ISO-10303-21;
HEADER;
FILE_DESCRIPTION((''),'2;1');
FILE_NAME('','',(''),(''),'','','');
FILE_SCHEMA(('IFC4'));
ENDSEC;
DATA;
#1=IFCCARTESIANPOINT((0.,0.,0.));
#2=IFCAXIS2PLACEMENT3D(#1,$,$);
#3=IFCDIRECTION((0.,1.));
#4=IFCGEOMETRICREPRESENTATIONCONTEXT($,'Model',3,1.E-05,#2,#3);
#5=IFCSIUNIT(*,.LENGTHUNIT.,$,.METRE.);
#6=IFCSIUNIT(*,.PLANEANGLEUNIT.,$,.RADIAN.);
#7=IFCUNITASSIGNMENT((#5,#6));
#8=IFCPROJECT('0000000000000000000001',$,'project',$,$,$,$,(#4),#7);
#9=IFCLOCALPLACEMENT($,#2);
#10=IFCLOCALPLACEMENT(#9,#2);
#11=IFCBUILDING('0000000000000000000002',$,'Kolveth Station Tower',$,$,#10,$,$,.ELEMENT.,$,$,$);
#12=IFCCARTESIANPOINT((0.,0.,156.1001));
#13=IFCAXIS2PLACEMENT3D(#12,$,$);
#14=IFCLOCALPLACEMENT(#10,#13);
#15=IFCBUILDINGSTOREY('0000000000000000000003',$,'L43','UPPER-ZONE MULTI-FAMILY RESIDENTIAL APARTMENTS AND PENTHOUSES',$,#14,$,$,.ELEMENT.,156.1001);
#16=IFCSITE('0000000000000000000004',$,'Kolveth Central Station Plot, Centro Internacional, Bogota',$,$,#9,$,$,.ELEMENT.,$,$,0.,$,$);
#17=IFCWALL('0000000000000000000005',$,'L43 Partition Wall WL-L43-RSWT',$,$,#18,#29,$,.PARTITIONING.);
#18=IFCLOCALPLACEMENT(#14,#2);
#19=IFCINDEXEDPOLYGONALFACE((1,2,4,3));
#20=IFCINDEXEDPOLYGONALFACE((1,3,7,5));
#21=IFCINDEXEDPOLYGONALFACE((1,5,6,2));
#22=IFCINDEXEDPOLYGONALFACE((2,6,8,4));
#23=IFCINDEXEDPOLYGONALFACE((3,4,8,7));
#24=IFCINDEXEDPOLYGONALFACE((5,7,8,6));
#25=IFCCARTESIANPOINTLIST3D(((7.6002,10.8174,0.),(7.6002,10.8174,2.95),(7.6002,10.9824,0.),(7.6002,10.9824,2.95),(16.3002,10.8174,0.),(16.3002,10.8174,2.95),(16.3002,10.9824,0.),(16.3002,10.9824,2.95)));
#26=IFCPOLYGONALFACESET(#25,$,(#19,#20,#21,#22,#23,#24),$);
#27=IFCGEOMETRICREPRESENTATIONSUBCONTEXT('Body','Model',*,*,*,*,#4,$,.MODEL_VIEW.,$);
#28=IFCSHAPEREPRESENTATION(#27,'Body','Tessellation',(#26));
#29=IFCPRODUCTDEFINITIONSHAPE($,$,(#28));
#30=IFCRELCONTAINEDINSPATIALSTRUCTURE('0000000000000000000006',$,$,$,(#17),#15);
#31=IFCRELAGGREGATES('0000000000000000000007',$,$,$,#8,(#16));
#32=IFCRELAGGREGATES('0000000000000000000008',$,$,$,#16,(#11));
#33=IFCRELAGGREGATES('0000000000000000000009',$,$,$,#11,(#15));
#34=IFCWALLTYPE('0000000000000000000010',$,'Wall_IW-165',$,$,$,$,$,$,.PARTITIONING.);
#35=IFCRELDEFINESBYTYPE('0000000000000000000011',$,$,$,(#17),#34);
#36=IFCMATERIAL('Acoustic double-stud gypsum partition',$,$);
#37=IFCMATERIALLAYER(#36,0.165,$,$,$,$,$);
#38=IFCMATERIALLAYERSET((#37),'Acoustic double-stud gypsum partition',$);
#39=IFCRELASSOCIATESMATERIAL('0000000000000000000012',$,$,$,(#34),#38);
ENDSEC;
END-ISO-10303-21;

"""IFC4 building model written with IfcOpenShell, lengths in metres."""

from ifc_helpers import new_model, si_unit, direction, frame, frame_2d, origin, place, context, subcontext, project, spatial, rectangle, extrude, material, layer, layer_set, type_object, element, save


model = new_model("IFC4")

# Units and contexts
model_context = context("Model", 3, precision=1e-05, world=origin(), true_north=direction((0.0, 1.0)))
body_context = subcontext(model_context, "Body", "Model", "MODEL_VIEW")
ifc_project = project(units=[si_unit("LENGTHUNIT", "METRE"), si_unit("PLANEANGLEUNIT", "RADIAN")], contexts=[model_context])

# Site, building, storey
site_placement = place(None, origin())
site = spatial("IfcSite", under=ifc_project, at=site_placement, Name="Kolveth Central Station Plot, Centro Internacional, Bogota", CompositionType="ELEMENT", RefElevation=0.0)
building_placement = place(site_placement, origin())
building = spatial("IfcBuilding", under=site, at=building_placement, Name="Kolveth Station Tower", CompositionType="ELEMENT")
storey_placement = place(building_placement, frame((0.0, 0.0, 156.1001)))
storey = spatial("IfcBuildingStorey", under=building, at=storey_placement, Name="L43", Description="UPPER-ZONE MULTI-FAMILY RESIDENTIAL APARTMENTS AND PENTHOUSES", CompositionType="ELEMENT", Elevation=156.1001)

# Wall
ifc_material_1 = material(Name="Acoustic double-stud gypsum partition")
ifc_layer_1 = layer(ifc_material_1, 0.165)
ifc_layer_set_1 = layer_set([ifc_layer_1], Name="Acoustic double-stud gypsum partition")
wall_type_1 = type_object("IfcWallType", Name="Wall_IW-165", PredefinedType="PARTITIONING", material=ifc_layer_set_1)
wall_1_placement = place(storey_placement, frame((7.6001, 10.8999, 0.0), z_axis=(0.0, 0.0, 1.0), x_axis=(1.0, 0.0, 0.0)))
element("IfcWall", 1, at=wall_1_placement, inside=storey, type_object=wall_type_1, Name="L43 Partition Wall WL-L43-RSWT", PredefinedType="PARTITIONING", context=body_context, shape_type="SweptSolid", body=[
    extrude(rectangle(XDim=8.7, YDim=0.165, at=frame_2d((4.3501, 0.0))), origin(), (0.0, 0.0, 1.0), 2.95),
])

save(model, "model.ifc")
